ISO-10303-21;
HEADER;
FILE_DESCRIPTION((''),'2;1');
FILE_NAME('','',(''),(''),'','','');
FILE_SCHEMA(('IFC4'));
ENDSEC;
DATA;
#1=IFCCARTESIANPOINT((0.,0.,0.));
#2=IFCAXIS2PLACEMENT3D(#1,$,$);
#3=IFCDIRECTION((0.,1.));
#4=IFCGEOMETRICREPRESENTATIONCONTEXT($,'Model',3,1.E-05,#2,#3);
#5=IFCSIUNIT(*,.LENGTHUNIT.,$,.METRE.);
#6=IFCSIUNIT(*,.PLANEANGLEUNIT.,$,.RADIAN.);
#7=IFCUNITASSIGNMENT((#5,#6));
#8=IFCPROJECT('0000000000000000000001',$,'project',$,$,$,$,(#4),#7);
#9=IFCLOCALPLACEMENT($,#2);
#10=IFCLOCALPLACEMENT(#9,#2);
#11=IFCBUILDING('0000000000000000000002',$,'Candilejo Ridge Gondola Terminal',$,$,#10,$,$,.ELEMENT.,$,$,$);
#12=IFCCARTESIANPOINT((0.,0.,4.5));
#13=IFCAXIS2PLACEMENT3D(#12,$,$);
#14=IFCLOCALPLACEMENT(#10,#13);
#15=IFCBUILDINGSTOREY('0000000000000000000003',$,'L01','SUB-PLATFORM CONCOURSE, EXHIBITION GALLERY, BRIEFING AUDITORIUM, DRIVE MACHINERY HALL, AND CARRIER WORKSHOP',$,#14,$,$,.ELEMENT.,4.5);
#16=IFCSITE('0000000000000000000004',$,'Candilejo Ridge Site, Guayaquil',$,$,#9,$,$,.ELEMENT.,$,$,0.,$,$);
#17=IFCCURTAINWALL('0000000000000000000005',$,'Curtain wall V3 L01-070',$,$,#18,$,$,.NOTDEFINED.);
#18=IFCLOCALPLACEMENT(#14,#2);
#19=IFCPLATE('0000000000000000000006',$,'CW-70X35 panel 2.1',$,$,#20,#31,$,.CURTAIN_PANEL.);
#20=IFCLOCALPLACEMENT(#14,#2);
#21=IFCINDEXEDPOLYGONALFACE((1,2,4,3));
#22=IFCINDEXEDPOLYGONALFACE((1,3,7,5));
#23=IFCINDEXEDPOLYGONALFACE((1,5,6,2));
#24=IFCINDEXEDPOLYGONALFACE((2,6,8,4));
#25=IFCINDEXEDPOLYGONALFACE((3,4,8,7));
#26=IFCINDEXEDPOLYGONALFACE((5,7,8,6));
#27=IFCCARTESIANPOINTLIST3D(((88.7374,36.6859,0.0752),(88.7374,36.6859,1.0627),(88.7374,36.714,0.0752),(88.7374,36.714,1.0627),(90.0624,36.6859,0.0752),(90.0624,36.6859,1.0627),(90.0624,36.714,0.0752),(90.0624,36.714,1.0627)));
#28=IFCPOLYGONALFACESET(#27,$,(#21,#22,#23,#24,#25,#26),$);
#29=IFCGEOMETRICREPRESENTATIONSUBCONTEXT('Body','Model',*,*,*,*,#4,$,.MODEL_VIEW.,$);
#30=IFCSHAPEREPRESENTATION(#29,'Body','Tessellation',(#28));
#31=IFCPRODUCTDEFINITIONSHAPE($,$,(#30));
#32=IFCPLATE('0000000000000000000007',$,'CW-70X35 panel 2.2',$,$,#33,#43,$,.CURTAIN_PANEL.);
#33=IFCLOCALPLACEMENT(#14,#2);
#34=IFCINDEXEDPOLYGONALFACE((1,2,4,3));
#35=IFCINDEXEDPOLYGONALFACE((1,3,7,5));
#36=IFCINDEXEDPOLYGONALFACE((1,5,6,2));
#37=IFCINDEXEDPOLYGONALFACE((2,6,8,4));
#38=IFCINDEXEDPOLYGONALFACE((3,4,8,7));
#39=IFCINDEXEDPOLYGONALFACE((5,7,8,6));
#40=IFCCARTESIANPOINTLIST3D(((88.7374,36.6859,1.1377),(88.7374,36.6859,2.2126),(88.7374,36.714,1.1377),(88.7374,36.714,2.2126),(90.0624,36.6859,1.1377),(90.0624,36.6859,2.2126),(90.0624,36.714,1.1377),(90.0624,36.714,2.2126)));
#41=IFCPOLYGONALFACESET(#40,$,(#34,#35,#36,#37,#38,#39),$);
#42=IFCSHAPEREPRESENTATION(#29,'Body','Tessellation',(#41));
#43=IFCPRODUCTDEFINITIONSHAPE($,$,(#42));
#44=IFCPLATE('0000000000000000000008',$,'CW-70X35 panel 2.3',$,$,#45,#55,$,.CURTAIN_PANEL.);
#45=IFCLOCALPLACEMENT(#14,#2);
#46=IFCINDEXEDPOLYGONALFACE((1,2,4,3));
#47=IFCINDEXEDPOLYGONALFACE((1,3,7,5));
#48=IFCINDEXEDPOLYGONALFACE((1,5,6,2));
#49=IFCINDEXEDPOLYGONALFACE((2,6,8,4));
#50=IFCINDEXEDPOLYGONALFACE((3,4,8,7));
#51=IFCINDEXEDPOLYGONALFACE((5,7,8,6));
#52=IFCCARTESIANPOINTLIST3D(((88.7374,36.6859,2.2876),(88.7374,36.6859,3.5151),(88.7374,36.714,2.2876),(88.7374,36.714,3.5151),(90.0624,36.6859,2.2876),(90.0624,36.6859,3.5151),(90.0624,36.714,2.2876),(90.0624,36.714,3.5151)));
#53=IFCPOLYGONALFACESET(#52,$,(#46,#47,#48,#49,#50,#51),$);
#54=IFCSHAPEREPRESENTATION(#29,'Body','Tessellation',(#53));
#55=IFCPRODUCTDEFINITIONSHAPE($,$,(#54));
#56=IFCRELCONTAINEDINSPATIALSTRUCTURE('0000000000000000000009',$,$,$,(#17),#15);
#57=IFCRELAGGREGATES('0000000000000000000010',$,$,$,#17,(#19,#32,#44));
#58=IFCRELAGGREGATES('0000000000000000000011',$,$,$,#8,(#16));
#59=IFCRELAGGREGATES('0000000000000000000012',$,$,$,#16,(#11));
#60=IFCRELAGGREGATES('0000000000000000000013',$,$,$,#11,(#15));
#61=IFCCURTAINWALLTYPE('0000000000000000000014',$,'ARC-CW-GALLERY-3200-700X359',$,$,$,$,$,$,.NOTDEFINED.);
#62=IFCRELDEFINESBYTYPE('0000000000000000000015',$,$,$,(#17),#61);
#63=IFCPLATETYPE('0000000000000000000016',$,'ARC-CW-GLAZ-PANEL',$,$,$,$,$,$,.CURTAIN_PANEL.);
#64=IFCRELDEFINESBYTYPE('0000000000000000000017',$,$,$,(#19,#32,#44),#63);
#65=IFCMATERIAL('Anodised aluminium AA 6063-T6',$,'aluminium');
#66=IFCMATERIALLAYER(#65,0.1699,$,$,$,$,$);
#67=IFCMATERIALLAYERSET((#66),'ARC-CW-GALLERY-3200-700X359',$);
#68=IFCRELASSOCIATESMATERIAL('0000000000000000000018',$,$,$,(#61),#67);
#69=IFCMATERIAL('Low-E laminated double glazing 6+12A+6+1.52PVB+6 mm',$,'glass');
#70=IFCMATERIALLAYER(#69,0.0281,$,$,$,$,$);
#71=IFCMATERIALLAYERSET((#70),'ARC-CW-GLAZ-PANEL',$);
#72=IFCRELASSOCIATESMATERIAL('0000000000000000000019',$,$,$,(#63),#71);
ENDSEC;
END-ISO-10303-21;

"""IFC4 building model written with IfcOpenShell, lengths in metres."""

from ifc_helpers import new_model, si_unit, direction, frame, origin, origin_2d, place, context, subcontext, project, spatial, rectangle, extrude, material, layer, layer_set, type_object, element, aggregate, save


model = new_model("IFC4")

# Units and contexts
model_context = context("Model", 3, precision=1e-05, world=origin(), true_north=direction((0.0, 1.0)))
body_context = subcontext(model_context, "Body", "Model", "MODEL_VIEW")
ifc_project = project(units=[si_unit("LENGTHUNIT", "METRE"), si_unit("PLANEANGLEUNIT", "RADIAN")], contexts=[model_context])

# Site, building, storey
site_placement = place(None, origin())
site = spatial("IfcSite", under=ifc_project, at=site_placement, Name="Candilejo Ridge Site, Guayaquil", CompositionType="ELEMENT", RefElevation=0.0)
building_placement = place(site_placement, origin())
building = spatial("IfcBuilding", under=site, at=building_placement, Name="Candilejo Ridge Gondola Terminal", CompositionType="ELEMENT")
storey_placement = place(building_placement, frame((0.0, 0.0, 4.5)))
storey = spatial("IfcBuildingStorey", under=building, at=storey_placement, Name="L01", Description="SUB-PLATFORM CONCOURSE, EXHIBITION GALLERY, BRIEFING AUDITORIUM, DRIVE MACHINERY HALL, AND CARRIER WORKSHOP", CompositionType="ELEMENT", Elevation=4.5)

# Curtain wall
ifc_material_1 = material(Name="Anodised aluminium AA 6063-T6", Category="aluminium")
ifc_layer_1 = layer(ifc_material_1, 0.1699)
ifc_layer_set_1 = layer_set([ifc_layer_1], Name="ARC-CW-GALLERY-3200-700X359")
curtain_wall_type = type_object("IfcCurtainWallType", Name="ARC-CW-GALLERY-3200-700X359", PredefinedType="NOTDEFINED", material=ifc_layer_set_1)
curtain_wall_placement = place(storey_placement, origin())
curtain_wall = element("IfcCurtainWall", 1, at=curtain_wall_placement, inside=storey, type_object=curtain_wall_type, Name="Curtain wall V3 L01-070", PredefinedType="NOTDEFINED")

# Plates
ifc_material_2 = material(Name="Low-E laminated double glazing 6+12A+6+1.52PVB+6 mm", Category="glass")
ifc_layer_2 = layer(ifc_material_2, 0.0281)
ifc_layer_set_2 = layer_set([ifc_layer_2], Name="ARC-CW-GLAZ-PANEL")
plate_type = type_object("IfcPlateType", Name="ARC-CW-GLAZ-PANEL", PredefinedType="CURTAIN_PANEL", material=ifc_layer_set_2)
plate_1_placement = place(storey_placement, frame((89.3999, 36.7, 0.0752), z_axis=(0.0, 0.0, 1.0), x_axis=(1.0, 0.0, 0.0)))
plate_1 = element("IfcPlate", 2, at=plate_1_placement, type_object=plate_type, Name="CW-70X35 panel 2.1", PredefinedType="CURTAIN_PANEL", context=body_context, shape_type="SweptSolid", body=[
    extrude(rectangle(XDim=1.325, YDim=0.0281, at=origin_2d()), origin(), (0.0, 0.0, 1.0), 0.9875),
])
plate_2_placement = place(storey_placement, frame((89.3999, 36.7, 1.1377), z_axis=(0.0, 0.0, 1.0), x_axis=(1.0, 0.0, 0.0)))
plate_2 = element("IfcPlate", 3, at=plate_2_placement, type_object=plate_type, Name="CW-70X35 panel 2.2", PredefinedType="CURTAIN_PANEL", context=body_context, shape_type="SweptSolid", body=[
    extrude(rectangle(XDim=1.325, YDim=0.0281, at=origin_2d()), origin(), (0.0, 0.0, 1.0), 1.075),
])
plate_3_placement = place(storey_placement, frame((89.3999, 36.7, 2.2876), z_axis=(0.0, 0.0, 1.0), x_axis=(1.0, 0.0, 0.0)))
plate_3 = element("IfcPlate", 4, at=plate_3_placement, type_object=plate_type, Name="CW-70X35 panel 2.3", PredefinedType="CURTAIN_PANEL", context=body_context, shape_type="SweptSolid", body=[
    extrude(rectangle(XDim=1.325, YDim=0.0281, at=origin_2d()), origin(), (0.0, 0.0, 1.0), 1.2275),
])
aggregate(curtain_wall, [plate_1, plate_2, plate_3])

save(model, "model.ifc")
